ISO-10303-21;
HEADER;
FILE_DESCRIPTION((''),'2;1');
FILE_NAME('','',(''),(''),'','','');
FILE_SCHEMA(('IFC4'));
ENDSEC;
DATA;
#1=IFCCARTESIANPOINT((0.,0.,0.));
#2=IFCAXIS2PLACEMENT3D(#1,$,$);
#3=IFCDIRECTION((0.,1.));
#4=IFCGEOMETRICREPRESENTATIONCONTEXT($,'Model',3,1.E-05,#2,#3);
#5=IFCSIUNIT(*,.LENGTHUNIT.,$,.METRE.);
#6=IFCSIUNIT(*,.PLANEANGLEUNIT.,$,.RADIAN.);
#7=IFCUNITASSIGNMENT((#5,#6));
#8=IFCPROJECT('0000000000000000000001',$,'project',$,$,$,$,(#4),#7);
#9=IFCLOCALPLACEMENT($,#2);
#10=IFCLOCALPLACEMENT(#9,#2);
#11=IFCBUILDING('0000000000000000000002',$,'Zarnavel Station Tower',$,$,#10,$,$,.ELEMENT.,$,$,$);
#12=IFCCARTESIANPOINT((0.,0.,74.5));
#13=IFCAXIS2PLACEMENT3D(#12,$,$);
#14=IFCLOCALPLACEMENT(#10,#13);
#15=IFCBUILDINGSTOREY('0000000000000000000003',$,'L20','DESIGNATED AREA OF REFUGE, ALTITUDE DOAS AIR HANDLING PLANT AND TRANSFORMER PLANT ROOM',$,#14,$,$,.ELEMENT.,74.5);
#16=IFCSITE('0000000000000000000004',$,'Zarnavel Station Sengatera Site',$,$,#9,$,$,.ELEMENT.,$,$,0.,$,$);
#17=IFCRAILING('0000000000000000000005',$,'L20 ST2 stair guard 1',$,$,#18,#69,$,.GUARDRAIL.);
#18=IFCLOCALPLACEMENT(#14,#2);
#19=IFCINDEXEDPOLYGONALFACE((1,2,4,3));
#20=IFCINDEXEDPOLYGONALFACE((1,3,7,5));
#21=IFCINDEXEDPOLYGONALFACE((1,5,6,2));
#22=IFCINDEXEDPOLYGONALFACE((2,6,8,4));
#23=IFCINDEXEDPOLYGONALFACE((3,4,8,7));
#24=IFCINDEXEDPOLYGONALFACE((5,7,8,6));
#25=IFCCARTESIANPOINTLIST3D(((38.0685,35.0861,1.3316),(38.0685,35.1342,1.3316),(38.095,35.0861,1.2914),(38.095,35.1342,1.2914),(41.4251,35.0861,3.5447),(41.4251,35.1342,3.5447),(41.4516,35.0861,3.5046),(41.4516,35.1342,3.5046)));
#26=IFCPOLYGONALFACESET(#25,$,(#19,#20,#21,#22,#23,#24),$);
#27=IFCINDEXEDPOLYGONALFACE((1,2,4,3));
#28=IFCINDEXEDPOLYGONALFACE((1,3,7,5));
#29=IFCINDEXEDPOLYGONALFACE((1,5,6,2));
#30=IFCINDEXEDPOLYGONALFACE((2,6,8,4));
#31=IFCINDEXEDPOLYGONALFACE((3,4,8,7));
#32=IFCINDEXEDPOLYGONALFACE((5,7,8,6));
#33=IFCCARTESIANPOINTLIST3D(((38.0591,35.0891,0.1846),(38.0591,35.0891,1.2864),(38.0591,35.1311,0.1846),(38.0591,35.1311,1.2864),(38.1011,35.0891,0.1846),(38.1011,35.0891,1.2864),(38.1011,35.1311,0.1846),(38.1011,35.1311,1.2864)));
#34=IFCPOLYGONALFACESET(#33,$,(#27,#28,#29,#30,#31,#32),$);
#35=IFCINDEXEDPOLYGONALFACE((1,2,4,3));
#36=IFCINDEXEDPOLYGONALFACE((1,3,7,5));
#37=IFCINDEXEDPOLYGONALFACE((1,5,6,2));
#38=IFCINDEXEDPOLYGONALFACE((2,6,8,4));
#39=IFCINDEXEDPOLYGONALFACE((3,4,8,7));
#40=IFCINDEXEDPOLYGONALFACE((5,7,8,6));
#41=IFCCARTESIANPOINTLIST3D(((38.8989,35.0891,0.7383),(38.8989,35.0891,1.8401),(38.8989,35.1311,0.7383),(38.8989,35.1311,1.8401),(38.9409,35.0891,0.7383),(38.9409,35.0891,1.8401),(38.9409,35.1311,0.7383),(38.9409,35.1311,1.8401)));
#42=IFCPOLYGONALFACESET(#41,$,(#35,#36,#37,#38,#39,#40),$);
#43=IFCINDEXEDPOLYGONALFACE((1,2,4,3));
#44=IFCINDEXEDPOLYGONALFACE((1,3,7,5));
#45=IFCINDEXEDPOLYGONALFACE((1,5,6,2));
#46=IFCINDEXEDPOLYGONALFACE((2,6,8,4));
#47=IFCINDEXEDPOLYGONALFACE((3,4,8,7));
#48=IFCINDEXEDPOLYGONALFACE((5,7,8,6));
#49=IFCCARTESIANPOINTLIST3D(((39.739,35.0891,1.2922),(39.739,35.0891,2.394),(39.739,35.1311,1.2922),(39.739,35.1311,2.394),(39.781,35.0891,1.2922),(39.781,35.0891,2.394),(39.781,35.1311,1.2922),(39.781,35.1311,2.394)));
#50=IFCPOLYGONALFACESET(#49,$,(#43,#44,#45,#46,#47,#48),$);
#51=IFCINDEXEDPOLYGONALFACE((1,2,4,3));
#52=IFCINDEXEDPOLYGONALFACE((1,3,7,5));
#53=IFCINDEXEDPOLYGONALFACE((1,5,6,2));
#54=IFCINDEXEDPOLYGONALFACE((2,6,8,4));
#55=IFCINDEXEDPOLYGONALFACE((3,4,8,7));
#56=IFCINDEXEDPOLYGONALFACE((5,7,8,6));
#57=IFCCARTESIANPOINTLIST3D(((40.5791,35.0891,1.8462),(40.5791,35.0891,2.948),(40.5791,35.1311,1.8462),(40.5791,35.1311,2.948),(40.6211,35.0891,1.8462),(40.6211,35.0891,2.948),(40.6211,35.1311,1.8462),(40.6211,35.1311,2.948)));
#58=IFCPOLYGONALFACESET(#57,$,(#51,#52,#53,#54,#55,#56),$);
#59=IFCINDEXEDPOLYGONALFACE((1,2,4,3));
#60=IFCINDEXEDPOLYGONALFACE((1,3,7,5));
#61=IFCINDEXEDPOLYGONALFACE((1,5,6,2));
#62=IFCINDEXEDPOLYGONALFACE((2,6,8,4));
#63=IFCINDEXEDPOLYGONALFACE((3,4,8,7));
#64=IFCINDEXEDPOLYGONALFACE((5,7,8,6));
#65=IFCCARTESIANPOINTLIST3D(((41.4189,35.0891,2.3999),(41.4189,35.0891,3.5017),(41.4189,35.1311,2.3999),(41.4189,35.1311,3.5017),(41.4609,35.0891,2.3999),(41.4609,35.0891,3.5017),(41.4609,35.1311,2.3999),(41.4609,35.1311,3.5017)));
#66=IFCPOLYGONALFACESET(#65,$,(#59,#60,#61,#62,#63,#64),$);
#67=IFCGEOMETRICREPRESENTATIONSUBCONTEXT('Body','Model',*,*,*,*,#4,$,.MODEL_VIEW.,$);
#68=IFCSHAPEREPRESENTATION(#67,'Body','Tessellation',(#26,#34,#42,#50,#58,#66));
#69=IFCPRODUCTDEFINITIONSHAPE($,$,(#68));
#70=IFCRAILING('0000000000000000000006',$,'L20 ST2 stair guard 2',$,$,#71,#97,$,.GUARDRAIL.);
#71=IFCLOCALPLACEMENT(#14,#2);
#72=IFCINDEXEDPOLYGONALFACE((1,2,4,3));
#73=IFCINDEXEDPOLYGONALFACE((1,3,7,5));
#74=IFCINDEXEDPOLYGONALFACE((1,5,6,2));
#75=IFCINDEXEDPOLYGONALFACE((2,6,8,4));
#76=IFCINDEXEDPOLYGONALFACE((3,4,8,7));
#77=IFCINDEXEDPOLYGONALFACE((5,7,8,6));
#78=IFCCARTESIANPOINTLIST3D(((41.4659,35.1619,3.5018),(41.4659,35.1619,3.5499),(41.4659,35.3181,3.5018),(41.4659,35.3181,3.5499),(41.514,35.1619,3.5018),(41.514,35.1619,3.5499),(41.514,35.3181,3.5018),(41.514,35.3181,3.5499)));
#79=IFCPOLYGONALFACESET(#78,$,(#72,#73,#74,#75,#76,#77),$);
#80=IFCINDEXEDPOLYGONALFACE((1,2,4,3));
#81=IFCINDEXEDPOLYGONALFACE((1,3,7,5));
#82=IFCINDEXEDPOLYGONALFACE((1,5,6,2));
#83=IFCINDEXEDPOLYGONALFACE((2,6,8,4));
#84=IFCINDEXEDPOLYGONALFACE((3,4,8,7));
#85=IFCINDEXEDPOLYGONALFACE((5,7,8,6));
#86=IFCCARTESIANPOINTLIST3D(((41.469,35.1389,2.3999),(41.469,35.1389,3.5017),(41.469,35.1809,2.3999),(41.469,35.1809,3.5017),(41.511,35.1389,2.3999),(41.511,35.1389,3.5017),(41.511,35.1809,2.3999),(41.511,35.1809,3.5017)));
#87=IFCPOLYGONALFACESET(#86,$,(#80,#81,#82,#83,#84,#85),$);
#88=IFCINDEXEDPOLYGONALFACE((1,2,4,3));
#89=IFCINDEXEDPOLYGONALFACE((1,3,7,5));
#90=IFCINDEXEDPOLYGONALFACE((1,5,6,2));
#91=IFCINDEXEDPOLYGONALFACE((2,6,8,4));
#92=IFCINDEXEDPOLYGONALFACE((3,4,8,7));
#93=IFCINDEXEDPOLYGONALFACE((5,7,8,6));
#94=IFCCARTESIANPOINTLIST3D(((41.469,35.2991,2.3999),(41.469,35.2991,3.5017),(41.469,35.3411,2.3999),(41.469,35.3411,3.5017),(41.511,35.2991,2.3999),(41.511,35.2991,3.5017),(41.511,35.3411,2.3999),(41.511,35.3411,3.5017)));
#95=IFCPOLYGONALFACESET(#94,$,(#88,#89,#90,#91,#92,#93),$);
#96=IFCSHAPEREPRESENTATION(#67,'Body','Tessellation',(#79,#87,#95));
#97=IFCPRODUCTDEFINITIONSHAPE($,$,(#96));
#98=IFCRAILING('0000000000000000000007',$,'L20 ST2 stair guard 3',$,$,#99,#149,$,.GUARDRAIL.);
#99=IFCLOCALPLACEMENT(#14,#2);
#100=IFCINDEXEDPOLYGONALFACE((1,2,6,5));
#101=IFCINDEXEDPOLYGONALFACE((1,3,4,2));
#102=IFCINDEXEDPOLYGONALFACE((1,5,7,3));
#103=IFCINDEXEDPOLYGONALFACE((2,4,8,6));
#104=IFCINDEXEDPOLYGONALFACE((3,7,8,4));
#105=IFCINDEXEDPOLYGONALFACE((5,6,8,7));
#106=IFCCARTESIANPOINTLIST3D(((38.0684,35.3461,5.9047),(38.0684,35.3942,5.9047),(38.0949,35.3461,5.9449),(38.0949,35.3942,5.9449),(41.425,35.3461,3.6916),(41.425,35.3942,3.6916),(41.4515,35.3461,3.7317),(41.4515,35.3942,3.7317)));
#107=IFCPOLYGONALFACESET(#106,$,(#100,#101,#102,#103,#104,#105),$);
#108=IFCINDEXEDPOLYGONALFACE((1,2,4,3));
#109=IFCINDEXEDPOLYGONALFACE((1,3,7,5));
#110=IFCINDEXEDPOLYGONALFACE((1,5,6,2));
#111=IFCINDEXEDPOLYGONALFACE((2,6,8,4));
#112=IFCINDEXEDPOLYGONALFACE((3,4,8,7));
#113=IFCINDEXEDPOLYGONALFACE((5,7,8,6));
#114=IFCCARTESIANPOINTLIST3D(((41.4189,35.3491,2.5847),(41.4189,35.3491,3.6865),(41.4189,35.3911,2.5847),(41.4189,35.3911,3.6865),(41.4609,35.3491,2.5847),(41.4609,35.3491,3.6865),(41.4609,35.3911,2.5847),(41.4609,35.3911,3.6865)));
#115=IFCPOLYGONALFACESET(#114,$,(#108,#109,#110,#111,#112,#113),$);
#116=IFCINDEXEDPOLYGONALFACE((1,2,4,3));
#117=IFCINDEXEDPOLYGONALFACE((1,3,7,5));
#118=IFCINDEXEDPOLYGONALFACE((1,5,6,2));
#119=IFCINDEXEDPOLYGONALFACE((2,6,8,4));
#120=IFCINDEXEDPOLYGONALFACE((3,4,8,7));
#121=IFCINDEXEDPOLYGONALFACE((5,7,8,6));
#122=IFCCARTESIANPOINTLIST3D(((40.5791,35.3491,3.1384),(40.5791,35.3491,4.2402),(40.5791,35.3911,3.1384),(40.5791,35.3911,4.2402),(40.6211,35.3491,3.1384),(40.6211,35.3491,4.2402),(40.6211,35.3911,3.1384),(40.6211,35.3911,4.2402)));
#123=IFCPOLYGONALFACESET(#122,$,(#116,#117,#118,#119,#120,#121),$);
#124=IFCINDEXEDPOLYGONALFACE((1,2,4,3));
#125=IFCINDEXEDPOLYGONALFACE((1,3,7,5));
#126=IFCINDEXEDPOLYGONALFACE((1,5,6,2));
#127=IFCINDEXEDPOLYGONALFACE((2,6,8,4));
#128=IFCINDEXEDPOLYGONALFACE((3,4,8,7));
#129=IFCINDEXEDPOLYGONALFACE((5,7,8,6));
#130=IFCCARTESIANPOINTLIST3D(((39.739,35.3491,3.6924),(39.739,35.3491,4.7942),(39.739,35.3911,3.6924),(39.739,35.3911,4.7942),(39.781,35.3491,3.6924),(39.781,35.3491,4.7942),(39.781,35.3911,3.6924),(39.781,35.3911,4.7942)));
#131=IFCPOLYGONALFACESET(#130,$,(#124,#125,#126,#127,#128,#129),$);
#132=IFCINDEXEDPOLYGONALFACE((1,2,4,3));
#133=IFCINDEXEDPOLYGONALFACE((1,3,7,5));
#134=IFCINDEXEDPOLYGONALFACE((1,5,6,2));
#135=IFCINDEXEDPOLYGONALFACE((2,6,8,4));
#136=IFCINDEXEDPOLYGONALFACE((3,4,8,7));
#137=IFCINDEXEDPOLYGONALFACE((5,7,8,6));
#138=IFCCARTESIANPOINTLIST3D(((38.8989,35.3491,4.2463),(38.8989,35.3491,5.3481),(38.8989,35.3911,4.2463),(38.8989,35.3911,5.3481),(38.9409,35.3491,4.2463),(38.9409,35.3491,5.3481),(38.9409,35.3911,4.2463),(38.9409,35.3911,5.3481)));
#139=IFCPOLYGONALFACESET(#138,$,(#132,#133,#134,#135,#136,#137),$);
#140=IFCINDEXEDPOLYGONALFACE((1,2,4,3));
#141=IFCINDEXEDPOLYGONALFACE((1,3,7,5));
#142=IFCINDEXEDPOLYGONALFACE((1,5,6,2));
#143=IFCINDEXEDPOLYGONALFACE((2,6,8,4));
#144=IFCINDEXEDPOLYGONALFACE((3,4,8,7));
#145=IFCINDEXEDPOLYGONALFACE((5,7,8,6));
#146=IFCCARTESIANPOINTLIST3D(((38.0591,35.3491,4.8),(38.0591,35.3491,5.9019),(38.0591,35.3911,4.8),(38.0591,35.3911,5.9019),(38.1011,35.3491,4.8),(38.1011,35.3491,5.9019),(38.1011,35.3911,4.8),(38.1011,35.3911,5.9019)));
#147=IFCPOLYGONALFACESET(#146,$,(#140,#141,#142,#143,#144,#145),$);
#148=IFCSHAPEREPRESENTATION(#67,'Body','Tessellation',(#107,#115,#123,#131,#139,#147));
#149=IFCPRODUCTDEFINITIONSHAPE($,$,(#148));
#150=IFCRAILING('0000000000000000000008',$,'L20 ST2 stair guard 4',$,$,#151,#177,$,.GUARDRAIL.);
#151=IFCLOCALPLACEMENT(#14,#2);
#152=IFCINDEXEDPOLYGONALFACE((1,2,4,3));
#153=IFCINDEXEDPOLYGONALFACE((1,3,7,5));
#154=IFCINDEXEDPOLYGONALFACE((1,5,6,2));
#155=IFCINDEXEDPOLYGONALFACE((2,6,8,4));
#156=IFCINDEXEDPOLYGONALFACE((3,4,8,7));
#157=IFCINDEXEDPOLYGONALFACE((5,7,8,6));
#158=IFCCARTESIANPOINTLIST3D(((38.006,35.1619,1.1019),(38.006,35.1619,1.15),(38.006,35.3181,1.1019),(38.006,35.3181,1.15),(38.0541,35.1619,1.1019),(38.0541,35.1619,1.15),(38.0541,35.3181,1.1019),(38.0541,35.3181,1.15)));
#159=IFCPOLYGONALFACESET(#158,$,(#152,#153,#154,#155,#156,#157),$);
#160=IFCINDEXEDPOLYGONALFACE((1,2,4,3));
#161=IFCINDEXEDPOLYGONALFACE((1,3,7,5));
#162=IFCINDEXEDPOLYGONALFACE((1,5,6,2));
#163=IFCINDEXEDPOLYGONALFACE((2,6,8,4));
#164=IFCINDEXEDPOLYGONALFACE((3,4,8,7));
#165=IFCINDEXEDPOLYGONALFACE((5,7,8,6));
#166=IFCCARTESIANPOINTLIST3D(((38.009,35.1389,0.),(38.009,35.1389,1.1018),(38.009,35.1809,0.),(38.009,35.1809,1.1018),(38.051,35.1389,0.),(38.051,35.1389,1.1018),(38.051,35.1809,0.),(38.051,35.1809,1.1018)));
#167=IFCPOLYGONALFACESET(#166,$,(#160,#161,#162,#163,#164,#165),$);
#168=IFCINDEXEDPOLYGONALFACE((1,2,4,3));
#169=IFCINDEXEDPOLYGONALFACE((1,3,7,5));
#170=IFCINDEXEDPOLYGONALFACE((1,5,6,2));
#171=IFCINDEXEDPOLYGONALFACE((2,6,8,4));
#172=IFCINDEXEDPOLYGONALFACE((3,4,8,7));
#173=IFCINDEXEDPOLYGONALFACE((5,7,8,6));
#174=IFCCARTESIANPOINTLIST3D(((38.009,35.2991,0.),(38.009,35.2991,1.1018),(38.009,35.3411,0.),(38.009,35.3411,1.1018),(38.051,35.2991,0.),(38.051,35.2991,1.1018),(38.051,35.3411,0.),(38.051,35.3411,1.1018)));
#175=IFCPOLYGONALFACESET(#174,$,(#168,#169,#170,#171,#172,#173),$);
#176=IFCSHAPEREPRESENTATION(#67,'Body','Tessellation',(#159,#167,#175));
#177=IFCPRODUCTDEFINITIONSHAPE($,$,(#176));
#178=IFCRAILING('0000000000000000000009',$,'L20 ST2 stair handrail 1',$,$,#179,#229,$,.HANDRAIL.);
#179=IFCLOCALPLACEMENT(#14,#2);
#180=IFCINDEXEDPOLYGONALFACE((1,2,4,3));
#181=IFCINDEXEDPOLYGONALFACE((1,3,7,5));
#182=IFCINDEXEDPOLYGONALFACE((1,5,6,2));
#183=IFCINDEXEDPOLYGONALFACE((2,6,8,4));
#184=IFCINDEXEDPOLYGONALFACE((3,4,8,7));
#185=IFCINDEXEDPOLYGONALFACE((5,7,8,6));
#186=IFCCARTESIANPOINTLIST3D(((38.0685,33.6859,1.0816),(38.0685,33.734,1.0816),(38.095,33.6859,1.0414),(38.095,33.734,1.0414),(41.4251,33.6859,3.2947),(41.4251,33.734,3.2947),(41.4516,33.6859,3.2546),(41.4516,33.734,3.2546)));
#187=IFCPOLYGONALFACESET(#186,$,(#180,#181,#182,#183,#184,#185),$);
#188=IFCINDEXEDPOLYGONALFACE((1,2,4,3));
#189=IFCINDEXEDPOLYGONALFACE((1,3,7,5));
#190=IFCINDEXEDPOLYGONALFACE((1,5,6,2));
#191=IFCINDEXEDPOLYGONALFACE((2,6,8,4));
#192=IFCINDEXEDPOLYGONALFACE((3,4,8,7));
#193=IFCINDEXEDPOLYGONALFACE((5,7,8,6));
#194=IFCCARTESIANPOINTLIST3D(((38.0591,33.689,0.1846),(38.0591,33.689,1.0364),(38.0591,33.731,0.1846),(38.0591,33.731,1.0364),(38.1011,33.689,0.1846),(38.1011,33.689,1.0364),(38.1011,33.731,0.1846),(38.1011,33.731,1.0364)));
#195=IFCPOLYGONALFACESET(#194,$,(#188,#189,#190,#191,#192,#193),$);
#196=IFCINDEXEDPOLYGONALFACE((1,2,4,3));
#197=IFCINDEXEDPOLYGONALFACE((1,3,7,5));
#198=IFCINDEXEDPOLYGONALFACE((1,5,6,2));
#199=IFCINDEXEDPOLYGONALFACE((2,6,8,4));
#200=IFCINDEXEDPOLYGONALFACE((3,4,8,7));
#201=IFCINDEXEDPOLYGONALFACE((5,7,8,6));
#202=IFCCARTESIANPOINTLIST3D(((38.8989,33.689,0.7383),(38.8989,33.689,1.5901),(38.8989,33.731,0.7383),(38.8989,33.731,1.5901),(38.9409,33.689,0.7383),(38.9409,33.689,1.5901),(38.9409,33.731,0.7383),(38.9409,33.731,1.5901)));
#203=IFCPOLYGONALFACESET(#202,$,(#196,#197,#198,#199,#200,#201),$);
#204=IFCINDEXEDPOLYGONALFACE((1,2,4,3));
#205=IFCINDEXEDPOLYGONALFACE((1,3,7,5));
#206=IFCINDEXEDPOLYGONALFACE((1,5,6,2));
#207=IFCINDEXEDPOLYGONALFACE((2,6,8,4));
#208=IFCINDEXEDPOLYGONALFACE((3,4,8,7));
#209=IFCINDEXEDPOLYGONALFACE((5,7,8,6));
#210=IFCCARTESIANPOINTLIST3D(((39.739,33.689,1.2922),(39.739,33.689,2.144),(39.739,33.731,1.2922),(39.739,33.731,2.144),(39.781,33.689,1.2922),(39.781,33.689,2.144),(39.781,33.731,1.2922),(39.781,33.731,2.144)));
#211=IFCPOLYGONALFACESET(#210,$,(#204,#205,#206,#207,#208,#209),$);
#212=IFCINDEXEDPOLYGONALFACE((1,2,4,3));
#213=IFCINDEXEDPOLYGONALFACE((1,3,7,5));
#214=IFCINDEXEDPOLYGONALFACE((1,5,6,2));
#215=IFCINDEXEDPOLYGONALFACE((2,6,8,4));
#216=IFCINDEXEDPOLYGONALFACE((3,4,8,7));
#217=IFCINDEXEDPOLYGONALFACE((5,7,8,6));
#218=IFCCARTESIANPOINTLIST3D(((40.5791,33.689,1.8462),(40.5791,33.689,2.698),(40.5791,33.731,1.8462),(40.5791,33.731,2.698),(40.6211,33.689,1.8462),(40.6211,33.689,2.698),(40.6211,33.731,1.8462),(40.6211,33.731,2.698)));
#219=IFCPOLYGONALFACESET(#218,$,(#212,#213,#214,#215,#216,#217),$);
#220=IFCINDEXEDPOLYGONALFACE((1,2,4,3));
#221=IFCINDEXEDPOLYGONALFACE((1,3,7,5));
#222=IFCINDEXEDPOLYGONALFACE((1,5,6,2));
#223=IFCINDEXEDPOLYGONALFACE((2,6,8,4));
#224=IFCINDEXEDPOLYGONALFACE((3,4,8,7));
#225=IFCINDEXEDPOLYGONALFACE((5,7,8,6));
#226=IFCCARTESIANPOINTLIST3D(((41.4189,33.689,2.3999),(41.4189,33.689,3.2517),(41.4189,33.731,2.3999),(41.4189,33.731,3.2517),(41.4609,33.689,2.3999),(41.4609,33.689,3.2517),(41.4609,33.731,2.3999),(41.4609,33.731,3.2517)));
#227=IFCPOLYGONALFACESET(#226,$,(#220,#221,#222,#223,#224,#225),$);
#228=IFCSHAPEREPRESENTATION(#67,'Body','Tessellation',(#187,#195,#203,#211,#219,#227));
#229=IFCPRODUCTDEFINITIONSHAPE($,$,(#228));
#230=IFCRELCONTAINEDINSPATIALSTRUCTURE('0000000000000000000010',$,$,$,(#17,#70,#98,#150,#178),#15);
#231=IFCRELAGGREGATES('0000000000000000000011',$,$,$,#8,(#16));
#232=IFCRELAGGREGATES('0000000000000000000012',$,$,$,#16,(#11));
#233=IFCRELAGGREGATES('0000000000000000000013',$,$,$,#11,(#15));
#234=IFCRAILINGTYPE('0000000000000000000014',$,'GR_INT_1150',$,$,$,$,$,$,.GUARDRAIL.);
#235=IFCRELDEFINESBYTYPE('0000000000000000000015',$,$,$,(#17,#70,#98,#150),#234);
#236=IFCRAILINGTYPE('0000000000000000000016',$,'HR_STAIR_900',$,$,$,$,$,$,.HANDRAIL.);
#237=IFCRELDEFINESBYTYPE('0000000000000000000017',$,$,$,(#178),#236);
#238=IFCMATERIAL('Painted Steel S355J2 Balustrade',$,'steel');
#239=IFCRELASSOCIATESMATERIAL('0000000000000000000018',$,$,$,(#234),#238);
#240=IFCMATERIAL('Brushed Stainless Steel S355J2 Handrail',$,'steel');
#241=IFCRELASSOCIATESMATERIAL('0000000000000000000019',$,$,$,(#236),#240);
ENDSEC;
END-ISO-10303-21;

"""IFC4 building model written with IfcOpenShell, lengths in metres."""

from ifc_helpers import new_model, si_unit, direction, frame, origin, origin_2d, place, context, subcontext, project, spatial, rectangle, extrude, material, type_object, element, save


model = new_model("IFC4")

# Units and contexts
model_context = context("Model", 3, precision=1e-05, world=origin(), true_north=direction((0.0, 1.0)))
body_context = subcontext(model_context, "Body", "Model", "MODEL_VIEW")
ifc_project = project(units=[si_unit("LENGTHUNIT", "METRE"), si_unit("PLANEANGLEUNIT", "RADIAN")], contexts=[model_context])

# Site, building, storey
site_placement = place(None, origin())
site = spatial("IfcSite", under=ifc_project, at=site_placement, Name="Zarnavel Station Sengatera Site", CompositionType="ELEMENT", RefElevation=0.0)
building_placement = place(site_placement, origin())
building = spatial("IfcBuilding", under=site, at=building_placement, Name="Zarnavel Station Tower", CompositionType="ELEMENT")
storey_placement = place(building_placement, frame((0.0, 0.0, 74.5)))
storey = spatial("IfcBuildingStorey", under=building, at=storey_placement, Name="L20", Description="DESIGNATED AREA OF REFUGE, ALTITUDE DOAS AIR HANDLING PLANT AND TRANSFORMER PLANT ROOM", CompositionType="ELEMENT", Elevation=74.5)

# Railings
ifc_material_1 = material(Name="Painted Steel S355J2 Balustrade", Category="steel")
railing_type_1 = type_object("IfcRailingType", Name="GR_INT_1150", PredefinedType="GUARDRAIL", material=ifc_material_1)
railing_1_placement = place(storey_placement, frame((38.0801, 35.1101, 0.1846)))
element("IfcRailing", 1, at=railing_1_placement, inside=storey, type_object=railing_type_1, Name="L20 ST2 stair guard 1", PredefinedType="GUARDRAIL", context=body_context, shape_type="SweptSolid", body=[
    extrude(rectangle(XDim=0.0481, YDim=0.0481, at=origin_2d()), frame((0.0017, 0.0, 1.127), z_axis=(0.834858, 0.0, 0.550465), x_axis=(0.0, 1.0, 0.0)), (0.0, 0.0, 1.0), 4.0205),
    extrude(rectangle(XDim=0.042, YDim=0.042, at=origin_2d()), origin(), (0.0, 0.0, 1.0), 1.1018),
    extrude(rectangle(XDim=0.042, YDim=0.042, at=origin_2d()), frame((0.8398, 0.0, 0.5537)), (0.0, 0.0, 1.0), 1.1018),
    extrude(rectangle(XDim=0.042, YDim=0.042, at=origin_2d()), frame((1.6799, 0.0, 1.1077)), (0.0, 0.0, 1.0), 1.1018),
    extrude(rectangle(XDim=0.042, YDim=0.042, at=origin_2d()), frame((2.52, 0.0, 1.6616)), (0.0, 0.0, 1.0), 1.1018),
    extrude(rectangle(XDim=0.042, YDim=0.042, at=origin_2d()), frame((3.3599, 0.0, 2.2153)), (0.0, 0.0, 1.0), 1.1018),
])
railing_2_placement = place(storey_placement, frame((41.49, 35.1599, 2.3999)))
element("IfcRailing", 2, at=railing_2_placement, inside=storey, type_object=railing_type_1, Name="L20 ST2 stair guard 2", PredefinedType="GUARDRAIL", context=body_context, shape_type="SweptSolid", body=[
    extrude(rectangle(XDim=0.0481, YDim=0.0481, at=origin_2d()), frame((0.0, 0.002, 1.126), z_axis=(0.0, 1.0, 0.0), x_axis=(-1.0, 0.0, 0.0)), (0.0, 0.0, 1.0), 0.1562),
    extrude(rectangle(XDim=0.042, YDim=0.042, at=origin_2d()), origin(), (0.0, 0.0, 1.0), 1.1018),
    extrude(rectangle(XDim=0.042, YDim=0.042, at=origin_2d()), frame((0.0, 0.1602, 0.0)), (0.0, 0.0, 1.0), 1.1018),
])
railing_3_placement = place(storey_placement, frame((41.4399, 35.3701, 2.5847)))
element("IfcRailing", 3, at=railing_3_placement, inside=storey, type_object=railing_type_1, Name="L20 ST2 stair guard 3", PredefinedType="GUARDRAIL", context=body_context, shape_type="SweptSolid", body=[
    extrude(rectangle(XDim=0.0481, YDim=0.0481, at=origin_2d()), frame((-0.0017, 0.0, 1.127), z_axis=(-0.834858, 0.0, 0.550465), x_axis=(0.0, -1.0, 0.0)), (0.0, 0.0, 1.0), 4.0205),
    extrude(rectangle(XDim=0.042, YDim=0.042, at=origin_2d()), origin(), (0.0, 0.0, 1.0), 1.1018),
    extrude(rectangle(XDim=0.042, YDim=0.042, at=origin_2d()), frame((-0.8398, 0.0, 0.5537)), (0.0, 0.0, 1.0), 1.1018),
    extrude(rectangle(XDim=0.042, YDim=0.042, at=origin_2d()), frame((-1.6799, 0.0, 1.1077)), (0.0, 0.0, 1.0), 1.1018),
    extrude(rectangle(XDim=0.042, YDim=0.042, at=origin_2d()), frame((-2.52, 0.0, 1.6616)), (0.0, 0.0, 1.0), 1.1018),
    extrude(rectangle(XDim=0.042, YDim=0.042, at=origin_2d()), frame((-3.3599, 0.0, 2.2153)), (0.0, 0.0, 1.0), 1.1018),
])
railing_4_placement = place(storey_placement, frame((38.03, 35.1599, 0.0)))
element("IfcRailing", 4, at=railing_4_placement, inside=storey, type_object=railing_type_1, Name="L20 ST2 stair guard 4", PredefinedType="GUARDRAIL", context=body_context, shape_type="SweptSolid", body=[
    extrude(rectangle(XDim=0.0481, YDim=0.0481, at=origin_2d()), frame((0.0, 0.002, 1.126), z_axis=(0.0, 1.0, 0.0), x_axis=(-1.0, 0.0, 0.0)), (0.0, 0.0, 1.0), 0.1562),
    extrude(rectangle(XDim=0.042, YDim=0.042, at=origin_2d()), origin(), (0.0, 0.0, 1.0), 1.1018),
    extrude(rectangle(XDim=0.042, YDim=0.042, at=origin_2d()), frame((0.0, 0.1602, 0.0)), (0.0, 0.0, 1.0), 1.1018),
])
ifc_material_2 = material(Name="Brushed Stainless Steel S355J2 Handrail", Category="steel")
railing_type_2 = type_object("IfcRailingType", Name="HR_STAIR_900", PredefinedType="HANDRAIL", material=ifc_material_2)
railing_5_placement = place(storey_placement, frame((38.0801, 33.71, 0.1846)))
element("IfcRailing", 5, at=railing_5_placement, inside=storey, type_object=railing_type_2, Name="L20 ST2 stair handrail 1", PredefinedType="HANDRAIL", context=body_context, shape_type="SweptSolid", body=[
    extrude(rectangle(XDim=0.0481, YDim=0.0481, at=origin_2d()), frame((0.0017, 0.0, 0.877), z_axis=(0.834858, 0.0, 0.550465), x_axis=(0.0, 1.0, 0.0)), (0.0, 0.0, 1.0), 4.0205),
    extrude(rectangle(XDim=0.042, YDim=0.042, at=origin_2d()), origin(), (0.0, 0.0, 1.0), 0.8518),
    extrude(rectangle(XDim=0.042, YDim=0.042, at=origin_2d()), frame((0.8398, 0.0, 0.5537)), (0.0, 0.0, 1.0), 0.8518),
    extrude(rectangle(XDim=0.042, YDim=0.042, at=origin_2d()), frame((1.6799, 0.0, 1.1077)), (0.0, 0.0, 1.0), 0.8518),
    extrude(rectangle(XDim=0.042, YDim=0.042, at=origin_2d()), frame((2.52, 0.0, 1.6616)), (0.0, 0.0, 1.0), 0.8518),
    extrude(rectangle(XDim=0.042, YDim=0.042, at=origin_2d()), frame((3.3599, 0.0, 2.2153)), (0.0, 0.0, 1.0), 0.8518),
])

save(model, "model.ifc")
